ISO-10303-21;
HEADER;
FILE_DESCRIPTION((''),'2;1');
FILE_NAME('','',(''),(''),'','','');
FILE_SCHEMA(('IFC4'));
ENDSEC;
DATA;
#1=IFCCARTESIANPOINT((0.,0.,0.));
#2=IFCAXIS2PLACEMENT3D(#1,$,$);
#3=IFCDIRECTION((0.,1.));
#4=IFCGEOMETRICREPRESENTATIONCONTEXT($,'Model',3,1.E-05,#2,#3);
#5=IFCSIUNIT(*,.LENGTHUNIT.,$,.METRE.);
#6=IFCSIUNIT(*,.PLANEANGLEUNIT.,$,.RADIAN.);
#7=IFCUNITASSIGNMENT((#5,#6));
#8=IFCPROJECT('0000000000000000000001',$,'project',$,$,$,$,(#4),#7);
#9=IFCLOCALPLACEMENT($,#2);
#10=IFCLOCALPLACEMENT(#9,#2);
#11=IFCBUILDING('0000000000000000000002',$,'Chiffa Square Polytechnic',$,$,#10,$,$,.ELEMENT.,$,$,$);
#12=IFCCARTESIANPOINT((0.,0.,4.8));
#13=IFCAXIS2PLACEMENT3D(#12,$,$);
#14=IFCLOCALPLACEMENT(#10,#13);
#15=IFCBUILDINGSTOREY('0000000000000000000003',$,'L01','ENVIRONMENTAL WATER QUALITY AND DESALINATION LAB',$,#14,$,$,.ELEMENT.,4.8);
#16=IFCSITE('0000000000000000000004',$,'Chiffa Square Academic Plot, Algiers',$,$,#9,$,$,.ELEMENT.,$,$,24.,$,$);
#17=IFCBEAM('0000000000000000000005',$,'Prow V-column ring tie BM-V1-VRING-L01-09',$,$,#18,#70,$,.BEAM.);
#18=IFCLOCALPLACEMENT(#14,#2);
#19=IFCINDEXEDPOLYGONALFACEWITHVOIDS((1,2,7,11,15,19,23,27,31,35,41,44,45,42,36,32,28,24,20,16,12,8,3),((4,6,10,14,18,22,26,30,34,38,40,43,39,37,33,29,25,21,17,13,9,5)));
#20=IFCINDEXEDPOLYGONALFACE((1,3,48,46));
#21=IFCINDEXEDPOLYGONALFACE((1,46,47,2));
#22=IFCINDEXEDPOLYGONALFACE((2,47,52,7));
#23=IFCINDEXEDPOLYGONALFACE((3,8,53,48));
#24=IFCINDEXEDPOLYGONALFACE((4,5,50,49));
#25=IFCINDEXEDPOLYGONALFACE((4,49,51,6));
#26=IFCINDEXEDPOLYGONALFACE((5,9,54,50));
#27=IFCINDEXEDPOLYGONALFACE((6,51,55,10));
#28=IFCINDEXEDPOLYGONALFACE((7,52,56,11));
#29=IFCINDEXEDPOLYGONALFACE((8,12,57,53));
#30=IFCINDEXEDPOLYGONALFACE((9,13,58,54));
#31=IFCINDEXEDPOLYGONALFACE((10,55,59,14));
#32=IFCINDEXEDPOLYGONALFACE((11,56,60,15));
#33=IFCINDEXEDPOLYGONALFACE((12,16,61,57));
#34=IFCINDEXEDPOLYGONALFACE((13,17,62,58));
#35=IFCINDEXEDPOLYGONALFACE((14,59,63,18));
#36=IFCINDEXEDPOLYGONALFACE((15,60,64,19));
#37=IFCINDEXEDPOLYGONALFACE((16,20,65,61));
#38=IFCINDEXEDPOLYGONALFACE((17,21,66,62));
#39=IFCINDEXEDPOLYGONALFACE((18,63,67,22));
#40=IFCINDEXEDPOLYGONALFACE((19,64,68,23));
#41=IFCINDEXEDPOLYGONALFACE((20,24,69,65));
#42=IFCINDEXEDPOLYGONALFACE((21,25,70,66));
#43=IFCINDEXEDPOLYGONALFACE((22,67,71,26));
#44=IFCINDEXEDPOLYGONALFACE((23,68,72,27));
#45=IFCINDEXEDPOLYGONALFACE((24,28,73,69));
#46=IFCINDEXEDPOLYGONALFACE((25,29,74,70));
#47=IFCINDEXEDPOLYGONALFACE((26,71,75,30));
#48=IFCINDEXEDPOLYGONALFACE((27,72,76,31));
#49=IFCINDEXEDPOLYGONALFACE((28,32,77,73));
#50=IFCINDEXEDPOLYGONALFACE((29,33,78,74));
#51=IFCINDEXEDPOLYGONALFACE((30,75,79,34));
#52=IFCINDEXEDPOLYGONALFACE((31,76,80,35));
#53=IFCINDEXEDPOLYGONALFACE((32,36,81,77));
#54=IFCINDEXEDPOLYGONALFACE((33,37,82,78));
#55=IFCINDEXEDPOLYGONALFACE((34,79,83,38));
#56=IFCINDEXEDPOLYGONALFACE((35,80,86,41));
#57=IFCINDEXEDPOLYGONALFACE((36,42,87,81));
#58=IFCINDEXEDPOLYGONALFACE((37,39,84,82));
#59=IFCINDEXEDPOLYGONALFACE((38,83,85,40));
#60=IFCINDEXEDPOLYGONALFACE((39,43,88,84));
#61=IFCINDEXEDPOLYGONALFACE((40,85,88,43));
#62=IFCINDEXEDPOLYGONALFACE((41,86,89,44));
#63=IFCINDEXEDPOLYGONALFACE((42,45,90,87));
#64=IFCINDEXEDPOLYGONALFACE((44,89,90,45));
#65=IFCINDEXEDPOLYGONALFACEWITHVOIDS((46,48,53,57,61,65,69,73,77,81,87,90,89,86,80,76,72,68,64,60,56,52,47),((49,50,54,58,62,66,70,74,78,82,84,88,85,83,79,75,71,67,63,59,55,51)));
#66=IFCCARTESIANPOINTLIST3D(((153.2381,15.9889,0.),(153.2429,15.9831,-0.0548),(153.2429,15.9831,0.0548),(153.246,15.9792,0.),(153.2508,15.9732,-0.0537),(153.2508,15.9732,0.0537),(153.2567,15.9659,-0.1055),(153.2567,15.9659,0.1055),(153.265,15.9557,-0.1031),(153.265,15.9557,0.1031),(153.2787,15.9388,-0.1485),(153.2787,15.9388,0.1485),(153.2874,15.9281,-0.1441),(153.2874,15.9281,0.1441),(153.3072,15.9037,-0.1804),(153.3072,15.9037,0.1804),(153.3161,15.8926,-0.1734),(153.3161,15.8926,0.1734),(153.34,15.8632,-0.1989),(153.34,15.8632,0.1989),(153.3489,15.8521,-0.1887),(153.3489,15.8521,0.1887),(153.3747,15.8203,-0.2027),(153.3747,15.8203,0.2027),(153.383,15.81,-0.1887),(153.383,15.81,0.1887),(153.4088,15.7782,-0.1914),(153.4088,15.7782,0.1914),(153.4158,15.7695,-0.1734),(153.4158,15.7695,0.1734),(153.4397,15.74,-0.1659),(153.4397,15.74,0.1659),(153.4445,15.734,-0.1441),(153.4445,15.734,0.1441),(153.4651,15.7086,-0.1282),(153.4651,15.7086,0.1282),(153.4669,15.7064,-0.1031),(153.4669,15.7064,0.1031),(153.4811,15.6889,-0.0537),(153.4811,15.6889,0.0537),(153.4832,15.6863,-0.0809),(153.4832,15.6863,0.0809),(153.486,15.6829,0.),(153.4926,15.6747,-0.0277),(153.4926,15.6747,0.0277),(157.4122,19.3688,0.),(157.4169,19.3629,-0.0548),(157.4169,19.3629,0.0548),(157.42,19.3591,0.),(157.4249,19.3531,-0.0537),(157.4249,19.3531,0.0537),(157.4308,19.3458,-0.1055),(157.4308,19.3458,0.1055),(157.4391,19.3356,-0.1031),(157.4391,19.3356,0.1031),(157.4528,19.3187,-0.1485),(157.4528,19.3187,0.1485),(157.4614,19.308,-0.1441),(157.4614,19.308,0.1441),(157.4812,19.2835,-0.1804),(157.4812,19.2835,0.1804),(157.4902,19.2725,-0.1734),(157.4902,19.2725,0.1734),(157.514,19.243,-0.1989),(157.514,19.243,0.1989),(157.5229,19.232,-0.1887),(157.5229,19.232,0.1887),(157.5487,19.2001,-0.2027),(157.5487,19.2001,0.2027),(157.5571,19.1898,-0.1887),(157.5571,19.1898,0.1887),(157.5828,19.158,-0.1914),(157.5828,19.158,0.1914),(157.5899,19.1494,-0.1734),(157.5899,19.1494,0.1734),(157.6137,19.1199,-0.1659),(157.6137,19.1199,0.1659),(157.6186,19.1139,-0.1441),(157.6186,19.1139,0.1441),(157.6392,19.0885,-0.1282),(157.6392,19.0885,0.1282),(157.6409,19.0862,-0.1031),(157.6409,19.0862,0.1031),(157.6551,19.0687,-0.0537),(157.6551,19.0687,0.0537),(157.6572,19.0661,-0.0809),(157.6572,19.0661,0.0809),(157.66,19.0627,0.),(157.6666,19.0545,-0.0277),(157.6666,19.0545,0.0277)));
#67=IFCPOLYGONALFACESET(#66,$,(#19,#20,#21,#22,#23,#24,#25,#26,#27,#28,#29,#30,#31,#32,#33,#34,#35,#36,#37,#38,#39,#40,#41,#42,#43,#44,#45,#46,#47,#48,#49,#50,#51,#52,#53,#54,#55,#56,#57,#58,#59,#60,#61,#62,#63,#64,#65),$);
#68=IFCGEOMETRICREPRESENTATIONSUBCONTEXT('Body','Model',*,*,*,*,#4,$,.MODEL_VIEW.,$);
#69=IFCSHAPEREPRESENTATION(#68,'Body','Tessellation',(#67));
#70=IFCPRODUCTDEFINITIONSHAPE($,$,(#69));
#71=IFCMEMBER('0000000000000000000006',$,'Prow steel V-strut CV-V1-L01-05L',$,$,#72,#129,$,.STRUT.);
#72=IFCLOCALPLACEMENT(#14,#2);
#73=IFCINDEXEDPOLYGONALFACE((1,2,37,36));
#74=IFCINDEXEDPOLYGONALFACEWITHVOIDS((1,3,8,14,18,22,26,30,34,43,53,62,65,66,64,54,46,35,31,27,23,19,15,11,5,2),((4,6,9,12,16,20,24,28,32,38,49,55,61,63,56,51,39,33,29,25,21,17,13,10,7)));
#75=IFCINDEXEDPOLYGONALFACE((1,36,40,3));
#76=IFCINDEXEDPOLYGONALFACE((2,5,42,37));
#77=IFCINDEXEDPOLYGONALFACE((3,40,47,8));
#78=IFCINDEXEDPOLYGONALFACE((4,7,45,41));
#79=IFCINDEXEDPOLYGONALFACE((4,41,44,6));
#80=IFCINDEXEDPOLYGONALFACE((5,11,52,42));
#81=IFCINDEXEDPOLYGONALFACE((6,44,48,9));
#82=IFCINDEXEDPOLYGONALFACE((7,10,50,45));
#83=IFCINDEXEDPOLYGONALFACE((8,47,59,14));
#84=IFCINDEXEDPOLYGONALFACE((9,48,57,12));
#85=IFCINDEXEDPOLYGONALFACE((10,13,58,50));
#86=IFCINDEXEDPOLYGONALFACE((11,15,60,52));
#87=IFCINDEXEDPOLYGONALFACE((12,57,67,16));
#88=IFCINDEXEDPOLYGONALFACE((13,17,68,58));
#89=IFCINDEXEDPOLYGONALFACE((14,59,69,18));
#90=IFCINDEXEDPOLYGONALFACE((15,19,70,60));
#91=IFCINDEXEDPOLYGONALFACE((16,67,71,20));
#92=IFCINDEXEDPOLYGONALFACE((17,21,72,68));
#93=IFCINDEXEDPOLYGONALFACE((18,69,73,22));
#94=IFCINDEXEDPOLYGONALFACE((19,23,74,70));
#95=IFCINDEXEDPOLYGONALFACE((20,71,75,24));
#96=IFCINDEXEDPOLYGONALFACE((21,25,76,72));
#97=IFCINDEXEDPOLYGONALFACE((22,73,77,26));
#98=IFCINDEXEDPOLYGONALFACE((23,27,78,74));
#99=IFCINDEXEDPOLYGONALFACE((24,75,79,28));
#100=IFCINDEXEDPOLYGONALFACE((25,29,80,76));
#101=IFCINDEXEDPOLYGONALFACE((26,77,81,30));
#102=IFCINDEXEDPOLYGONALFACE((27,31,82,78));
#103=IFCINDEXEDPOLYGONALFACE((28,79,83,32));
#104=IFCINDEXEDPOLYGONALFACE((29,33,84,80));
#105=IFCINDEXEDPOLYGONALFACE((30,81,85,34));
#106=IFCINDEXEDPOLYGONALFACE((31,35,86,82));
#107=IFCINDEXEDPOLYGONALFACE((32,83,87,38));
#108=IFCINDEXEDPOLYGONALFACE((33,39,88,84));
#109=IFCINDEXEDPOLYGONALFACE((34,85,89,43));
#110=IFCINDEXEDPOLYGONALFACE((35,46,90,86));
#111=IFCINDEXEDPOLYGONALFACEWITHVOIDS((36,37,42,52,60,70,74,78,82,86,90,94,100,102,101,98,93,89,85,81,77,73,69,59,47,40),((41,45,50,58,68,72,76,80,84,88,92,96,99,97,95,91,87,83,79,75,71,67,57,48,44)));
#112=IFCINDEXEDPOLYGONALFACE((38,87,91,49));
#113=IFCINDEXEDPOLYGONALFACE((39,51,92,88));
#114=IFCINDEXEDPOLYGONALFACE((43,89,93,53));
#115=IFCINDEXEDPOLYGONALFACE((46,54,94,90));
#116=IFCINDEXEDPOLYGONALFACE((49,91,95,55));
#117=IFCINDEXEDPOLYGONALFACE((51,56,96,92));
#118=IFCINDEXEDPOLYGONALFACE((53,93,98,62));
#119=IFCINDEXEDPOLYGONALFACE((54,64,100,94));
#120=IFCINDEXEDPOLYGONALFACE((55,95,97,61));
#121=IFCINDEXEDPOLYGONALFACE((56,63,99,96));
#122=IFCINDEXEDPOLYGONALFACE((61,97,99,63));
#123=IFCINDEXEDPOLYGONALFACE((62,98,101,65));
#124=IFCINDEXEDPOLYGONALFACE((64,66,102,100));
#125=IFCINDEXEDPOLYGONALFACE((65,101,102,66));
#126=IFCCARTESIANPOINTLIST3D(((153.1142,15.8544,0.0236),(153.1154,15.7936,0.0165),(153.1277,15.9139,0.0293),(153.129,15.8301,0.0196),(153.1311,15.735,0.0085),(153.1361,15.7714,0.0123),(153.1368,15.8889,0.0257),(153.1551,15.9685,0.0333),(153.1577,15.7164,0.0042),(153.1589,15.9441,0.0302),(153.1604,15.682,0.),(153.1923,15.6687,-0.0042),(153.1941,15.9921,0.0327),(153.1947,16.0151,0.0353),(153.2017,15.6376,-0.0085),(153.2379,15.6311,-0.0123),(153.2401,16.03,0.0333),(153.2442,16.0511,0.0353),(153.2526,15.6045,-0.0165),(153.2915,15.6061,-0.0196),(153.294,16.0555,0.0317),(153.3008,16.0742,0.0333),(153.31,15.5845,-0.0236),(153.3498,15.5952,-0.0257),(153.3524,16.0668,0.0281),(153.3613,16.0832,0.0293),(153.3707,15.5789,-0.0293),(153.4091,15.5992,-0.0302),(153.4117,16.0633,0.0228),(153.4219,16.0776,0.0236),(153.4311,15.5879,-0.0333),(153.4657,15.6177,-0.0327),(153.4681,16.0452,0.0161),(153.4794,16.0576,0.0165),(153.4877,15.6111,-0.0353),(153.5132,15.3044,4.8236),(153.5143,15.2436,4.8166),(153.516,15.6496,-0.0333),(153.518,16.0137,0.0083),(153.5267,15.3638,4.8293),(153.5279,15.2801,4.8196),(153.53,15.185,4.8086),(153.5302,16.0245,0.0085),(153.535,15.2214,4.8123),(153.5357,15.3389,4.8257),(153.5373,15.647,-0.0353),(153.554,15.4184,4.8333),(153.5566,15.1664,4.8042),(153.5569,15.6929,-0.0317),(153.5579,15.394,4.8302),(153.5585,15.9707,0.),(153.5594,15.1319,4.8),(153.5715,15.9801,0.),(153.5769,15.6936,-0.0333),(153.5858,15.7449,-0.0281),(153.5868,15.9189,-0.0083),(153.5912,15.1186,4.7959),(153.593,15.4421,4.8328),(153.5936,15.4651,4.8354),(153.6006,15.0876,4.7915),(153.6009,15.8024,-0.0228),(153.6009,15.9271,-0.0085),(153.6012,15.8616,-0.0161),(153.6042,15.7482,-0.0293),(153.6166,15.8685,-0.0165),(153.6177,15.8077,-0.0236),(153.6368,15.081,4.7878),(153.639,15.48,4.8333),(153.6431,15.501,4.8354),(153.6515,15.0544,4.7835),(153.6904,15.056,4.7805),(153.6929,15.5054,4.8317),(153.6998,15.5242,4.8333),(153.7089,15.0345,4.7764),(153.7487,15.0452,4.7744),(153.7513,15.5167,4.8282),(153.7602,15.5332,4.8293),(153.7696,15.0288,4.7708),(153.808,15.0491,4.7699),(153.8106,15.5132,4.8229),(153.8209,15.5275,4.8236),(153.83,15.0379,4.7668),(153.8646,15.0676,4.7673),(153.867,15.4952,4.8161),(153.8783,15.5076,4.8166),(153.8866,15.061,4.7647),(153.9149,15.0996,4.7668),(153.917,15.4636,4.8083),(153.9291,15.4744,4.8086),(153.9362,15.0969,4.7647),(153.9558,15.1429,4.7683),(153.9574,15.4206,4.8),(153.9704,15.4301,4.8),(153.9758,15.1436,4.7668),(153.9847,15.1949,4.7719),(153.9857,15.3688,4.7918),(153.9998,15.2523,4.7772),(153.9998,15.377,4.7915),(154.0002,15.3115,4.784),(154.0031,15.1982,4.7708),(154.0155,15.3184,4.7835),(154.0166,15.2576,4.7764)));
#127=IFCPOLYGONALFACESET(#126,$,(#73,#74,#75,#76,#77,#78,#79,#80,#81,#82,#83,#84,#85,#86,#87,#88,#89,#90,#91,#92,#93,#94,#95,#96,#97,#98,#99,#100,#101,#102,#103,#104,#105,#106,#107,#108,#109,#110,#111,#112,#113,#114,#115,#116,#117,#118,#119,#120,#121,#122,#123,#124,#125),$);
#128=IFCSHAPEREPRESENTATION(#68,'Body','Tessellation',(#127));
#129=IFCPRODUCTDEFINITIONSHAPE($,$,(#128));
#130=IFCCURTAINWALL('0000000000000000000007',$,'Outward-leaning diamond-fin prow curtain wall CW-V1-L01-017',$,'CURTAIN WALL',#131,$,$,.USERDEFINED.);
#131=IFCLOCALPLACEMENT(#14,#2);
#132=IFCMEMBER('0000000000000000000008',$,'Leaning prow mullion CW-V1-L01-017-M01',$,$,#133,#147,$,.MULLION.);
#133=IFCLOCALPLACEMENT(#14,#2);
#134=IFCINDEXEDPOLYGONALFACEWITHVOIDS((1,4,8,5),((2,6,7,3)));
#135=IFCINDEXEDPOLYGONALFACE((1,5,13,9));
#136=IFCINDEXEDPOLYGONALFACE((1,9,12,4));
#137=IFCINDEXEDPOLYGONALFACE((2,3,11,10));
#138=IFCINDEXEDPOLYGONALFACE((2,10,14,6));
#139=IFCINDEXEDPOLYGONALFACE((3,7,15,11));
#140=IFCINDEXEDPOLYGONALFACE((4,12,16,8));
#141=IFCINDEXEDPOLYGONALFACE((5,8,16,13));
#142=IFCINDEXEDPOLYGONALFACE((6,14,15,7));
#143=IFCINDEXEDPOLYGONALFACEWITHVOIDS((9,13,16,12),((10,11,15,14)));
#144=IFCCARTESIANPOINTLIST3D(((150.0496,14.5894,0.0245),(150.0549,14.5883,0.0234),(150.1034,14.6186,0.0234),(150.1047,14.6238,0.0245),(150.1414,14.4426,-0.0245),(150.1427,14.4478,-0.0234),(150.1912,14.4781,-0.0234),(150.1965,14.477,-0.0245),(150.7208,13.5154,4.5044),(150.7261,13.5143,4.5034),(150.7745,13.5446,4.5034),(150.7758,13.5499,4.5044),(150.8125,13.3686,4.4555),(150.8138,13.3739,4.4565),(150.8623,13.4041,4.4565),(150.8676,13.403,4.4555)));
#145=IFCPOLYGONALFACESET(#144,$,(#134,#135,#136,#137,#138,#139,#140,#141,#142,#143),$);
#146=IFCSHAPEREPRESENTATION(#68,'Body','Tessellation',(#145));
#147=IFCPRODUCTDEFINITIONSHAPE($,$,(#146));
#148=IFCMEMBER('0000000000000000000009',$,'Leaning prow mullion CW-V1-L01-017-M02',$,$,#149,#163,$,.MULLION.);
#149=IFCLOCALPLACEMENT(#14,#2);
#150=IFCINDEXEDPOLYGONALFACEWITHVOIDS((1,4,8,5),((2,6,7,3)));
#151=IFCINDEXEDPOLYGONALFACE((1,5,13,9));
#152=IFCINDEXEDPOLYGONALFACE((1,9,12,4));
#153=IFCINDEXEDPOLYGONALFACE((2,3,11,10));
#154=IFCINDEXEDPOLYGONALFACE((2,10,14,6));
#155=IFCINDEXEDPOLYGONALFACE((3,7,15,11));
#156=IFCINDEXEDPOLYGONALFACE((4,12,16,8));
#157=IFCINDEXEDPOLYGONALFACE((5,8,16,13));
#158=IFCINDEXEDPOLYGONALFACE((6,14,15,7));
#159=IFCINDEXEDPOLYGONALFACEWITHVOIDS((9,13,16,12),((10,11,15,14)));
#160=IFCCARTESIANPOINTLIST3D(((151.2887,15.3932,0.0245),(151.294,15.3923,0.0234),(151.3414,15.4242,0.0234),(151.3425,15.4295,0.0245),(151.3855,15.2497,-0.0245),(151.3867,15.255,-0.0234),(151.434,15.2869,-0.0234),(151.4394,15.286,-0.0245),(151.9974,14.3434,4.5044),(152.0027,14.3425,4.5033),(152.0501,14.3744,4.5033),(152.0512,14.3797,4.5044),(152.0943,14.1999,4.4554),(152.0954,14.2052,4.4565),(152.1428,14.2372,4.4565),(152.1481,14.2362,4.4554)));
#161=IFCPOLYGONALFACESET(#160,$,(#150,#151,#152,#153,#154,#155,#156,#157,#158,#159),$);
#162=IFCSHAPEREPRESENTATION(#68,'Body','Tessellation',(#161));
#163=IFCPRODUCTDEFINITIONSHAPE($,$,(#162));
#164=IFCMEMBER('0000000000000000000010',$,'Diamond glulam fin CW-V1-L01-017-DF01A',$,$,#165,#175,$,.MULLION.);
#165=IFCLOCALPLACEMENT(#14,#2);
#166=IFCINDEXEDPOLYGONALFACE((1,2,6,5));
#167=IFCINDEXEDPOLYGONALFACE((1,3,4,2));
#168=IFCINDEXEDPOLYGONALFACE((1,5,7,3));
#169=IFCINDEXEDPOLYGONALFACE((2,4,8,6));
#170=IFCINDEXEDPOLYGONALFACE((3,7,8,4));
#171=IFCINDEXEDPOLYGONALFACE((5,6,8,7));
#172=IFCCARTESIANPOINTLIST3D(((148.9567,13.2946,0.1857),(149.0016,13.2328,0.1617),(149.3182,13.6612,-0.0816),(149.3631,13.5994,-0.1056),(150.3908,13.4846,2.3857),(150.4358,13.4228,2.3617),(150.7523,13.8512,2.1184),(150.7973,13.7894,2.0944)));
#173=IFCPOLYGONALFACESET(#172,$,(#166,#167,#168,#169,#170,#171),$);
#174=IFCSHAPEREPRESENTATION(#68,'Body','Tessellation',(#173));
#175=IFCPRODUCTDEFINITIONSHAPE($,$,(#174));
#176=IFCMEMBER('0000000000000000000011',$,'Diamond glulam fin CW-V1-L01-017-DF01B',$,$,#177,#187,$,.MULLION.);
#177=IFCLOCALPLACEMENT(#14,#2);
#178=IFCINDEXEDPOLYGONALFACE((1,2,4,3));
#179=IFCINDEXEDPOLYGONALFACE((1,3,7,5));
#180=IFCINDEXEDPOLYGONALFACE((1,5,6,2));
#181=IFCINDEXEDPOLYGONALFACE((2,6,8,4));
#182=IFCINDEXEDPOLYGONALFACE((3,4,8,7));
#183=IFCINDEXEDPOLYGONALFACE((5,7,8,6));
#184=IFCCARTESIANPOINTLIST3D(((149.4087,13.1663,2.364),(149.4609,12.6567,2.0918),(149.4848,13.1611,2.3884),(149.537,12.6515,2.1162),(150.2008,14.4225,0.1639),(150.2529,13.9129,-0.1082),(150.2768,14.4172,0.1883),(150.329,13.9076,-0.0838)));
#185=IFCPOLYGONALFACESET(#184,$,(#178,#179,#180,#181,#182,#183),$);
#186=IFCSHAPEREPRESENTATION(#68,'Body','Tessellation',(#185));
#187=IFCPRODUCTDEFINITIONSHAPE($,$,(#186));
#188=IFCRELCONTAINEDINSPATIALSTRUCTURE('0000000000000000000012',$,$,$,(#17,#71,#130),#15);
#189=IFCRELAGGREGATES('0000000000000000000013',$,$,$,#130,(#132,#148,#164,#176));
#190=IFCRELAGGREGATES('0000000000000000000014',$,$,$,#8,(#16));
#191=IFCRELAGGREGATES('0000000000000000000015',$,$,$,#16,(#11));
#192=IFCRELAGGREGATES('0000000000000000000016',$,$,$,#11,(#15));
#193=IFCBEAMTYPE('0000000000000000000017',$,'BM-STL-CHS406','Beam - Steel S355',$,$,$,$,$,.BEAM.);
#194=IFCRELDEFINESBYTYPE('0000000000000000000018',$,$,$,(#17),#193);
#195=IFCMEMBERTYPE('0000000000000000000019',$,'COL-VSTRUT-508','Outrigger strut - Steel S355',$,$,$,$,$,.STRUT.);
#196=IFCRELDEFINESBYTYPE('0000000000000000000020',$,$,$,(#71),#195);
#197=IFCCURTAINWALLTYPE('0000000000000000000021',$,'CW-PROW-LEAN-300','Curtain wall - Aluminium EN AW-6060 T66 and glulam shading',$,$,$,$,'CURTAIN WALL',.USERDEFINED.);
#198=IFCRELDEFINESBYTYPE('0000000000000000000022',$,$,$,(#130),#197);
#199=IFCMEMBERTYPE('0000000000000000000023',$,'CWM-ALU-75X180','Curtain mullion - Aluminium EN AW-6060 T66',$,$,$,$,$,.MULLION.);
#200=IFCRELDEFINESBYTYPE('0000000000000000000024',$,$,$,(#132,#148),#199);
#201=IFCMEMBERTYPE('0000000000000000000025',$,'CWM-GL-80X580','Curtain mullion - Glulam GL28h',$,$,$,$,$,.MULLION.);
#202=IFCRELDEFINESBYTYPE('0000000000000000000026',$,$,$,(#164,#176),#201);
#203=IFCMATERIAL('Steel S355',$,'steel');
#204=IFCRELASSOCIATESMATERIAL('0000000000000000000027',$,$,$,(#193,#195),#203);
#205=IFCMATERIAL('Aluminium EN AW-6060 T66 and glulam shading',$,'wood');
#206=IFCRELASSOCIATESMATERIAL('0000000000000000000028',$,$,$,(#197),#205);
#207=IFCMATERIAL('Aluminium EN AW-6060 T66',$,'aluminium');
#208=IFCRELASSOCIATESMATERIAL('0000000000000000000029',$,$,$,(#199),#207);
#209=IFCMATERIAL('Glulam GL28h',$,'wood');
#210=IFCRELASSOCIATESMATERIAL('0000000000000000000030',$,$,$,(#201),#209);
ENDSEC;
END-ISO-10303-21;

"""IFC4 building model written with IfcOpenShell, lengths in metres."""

from ifc_helpers import new_model, si_unit, direction, frame, origin, origin_2d, place, context, subcontext, project, spatial, rectangle, hollow_rectangle, hollow_circle, extrude, material, material_profile, profile_set, type_object, element, aggregate, save


model = new_model("IFC4")

# Units and contexts
model_context = context("Model", 3, precision=1e-05, world=origin(), true_north=direction((0.0, 1.0)))
body_context = subcontext(model_context, "Body", "Model", "MODEL_VIEW")
ifc_project = project(units=[si_unit("LENGTHUNIT", "METRE"), si_unit("PLANEANGLEUNIT", "RADIAN")], contexts=[model_context])

# Site, building, storey
site_placement = place(None, origin())
site = spatial("IfcSite", under=ifc_project, at=site_placement, Name="Chiffa Square Academic Plot, Algiers", CompositionType="ELEMENT", RefElevation=24.0)
building_placement = place(site_placement, origin())
building = spatial("IfcBuilding", under=site, at=building_placement, Name="Chiffa Square Polytechnic", CompositionType="ELEMENT")
storey_placement = place(building_placement, frame((0.0, 0.0, 4.8)))
storey = spatial("IfcBuildingStorey", under=building, at=storey_placement, Name="L01", Description="ENVIRONMENTAL WATER QUALITY AND DESALINATION LAB", CompositionType="ELEMENT", Elevation=4.8)

# Beam
ifc_material_1 = material(Name="Steel S355", Category="steel")
ifc_material_profile_1 = material_profile(ifc_material_1, hollow_circle(Radius=0.2031, WallThickness=0.0125, at=origin_2d()), Name="CHS 406.4x12.5")
ifc_profile_set_1 = profile_set([ifc_material_profile_1], Name="Steel S355")
beam_type = type_object("IfcBeamType", Name="BM-STL-CHS406", Description="Beam - Steel S355", PredefinedType="BEAM", material=ifc_profile_set_1)
beam_placement = place(storey_placement, frame((153.366, 15.8311, 0.0), z_axis=(0.777165, 0.629296, 0.0), x_axis=(-0.629296, 0.777165, 0.0)))
element("IfcBeam", 1, at=beam_placement, inside=storey, type_object=beam_type, Name="Prow V-column ring tie BM-V1-VRING-L01-09", PredefinedType="BEAM", context=body_context, shape_type="SweptSolid", body=[
    extrude(hollow_circle(Radius=0.2031, WallThickness=0.0125, at=origin_2d()), origin(), (0.0, 0.0, 1.0), 5.3708),
])

# Member
ifc_material_profile_2 = material_profile(ifc_material_1, hollow_circle(Radius=0.2539, WallThickness=0.0161, at=origin_2d()), Name="CHS 508x16")
ifc_profile_set_2 = profile_set([ifc_material_profile_2], Name="Steel S355")
member_type_1 = type_object("IfcMemberType", Name="COL-VSTRUT-508", Description="Outrigger strut - Steel S355", PredefinedType="STRUT", material=ifc_profile_set_2)
member_1_placement = place(storey_placement, frame((153.366, 15.8311, 0.0), z_axis=(0.082288, -0.113461, 0.990129), x_axis=(0.809512, 0.587103, 0.0)))
element("IfcMember", 2, at=member_1_placement, inside=storey, type_object=member_type_1, Name="Prow steel V-strut CV-V1-L01-05L", PredefinedType="STRUT", context=body_context, shape_type="SweptSolid", body=[
    extrude(hollow_circle(Radius=0.2539, WallThickness=0.0161, at=origin_2d()), origin(), (0.0, 0.0, 1.0), 4.8479),
])

# Curtain wall, members
ifc_material_2 = material(Name="Aluminium EN AW-6060 T66 and glulam shading", Category="wood")
curtain_wall_type_1 = type_object("IfcCurtainWallType", Name="CW-PROW-LEAN-300", Description="Curtain wall - Aluminium EN AW-6060 T66 and glulam shading", ElementType="CURTAIN WALL", PredefinedType="USERDEFINED", material=ifc_material_2)
curtain_wall_1_placement = place(storey_placement, origin())
curtain_wall_1 = element("IfcCurtainWall", 3, at=curtain_wall_1_placement, inside=storey, type_object=curtain_wall_type_1, Name="Outward-leaning diamond-fin prow curtain wall CW-V1-L01-017", ObjectType="CURTAIN WALL", PredefinedType="USERDEFINED")
ifc_material_3 = material(Name="Aluminium EN AW-6060 T66", Category="aluminium")
ifc_material_profile_3 = material_profile(ifc_material_3, hollow_rectangle(XDim=0.0649, YDim=0.1799, WallThickness=0.0039, at=origin_2d()), Name="ALU 65x180x4")
ifc_profile_set_3 = profile_set([ifc_material_profile_3], Name="Aluminium EN AW-6060 T66")
member_type_2 = type_object("IfcMemberType", Name="CWM-ALU-75X180", Description="Curtain mullion - Aluminium EN AW-6060 T66", PredefinedType="MULLION", material=ifc_profile_set_3)
member_2_placement = place(storey_placement, frame((150.123, 14.5332, 0.0), z_axis=(0.14416, -0.230687, 0.96229), x_axis=(0.848031, 0.529947, 0.0)))
member_2 = element("IfcMember", 4, at=member_2_placement, type_object=member_type_2, Name="Leaning prow mullion CW-V1-L01-017-M01", PredefinedType="MULLION", context=body_context, shape_type="SweptSolid", body=[
    extrude(hollow_rectangle(XDim=0.0649, YDim=0.1799, WallThickness=0.0039, at=origin_2d()), origin(), (0.0, 0.0, 1.0), 4.6555),
])
member_3_placement = place(storey_placement, frame((151.364, 15.3396, 0.0), z_axis=(0.152234, -0.225493, 0.962277), x_axis=(0.828804, 0.559539, 0.0)))
member_3 = element("IfcMember", 5, at=member_3_placement, type_object=member_type_2, Name="Leaning prow mullion CW-V1-L01-017-M02", PredefinedType="MULLION", context=body_context, shape_type="SweptSolid", body=[
    extrude(hollow_rectangle(XDim=0.0649, YDim=0.1799, WallThickness=0.0039, at=origin_2d()), origin(), (0.0, 0.0, 1.0), 4.6555),
])
ifc_material_4 = material(Name="Glulam GL28h", Category="wood")
ifc_material_profile_4 = material_profile(ifc_material_4, rectangle(XDim=0.0801, YDim=0.5801, at=origin_2d()), Name="GL28h 80x580")
ifc_profile_set_4 = profile_set([ifc_material_profile_4], Name="Glulam GL28h")
member_type_3 = type_object("IfcMemberType", Name="CWM-GL-80X580", Description="Curtain mullion - Glulam GL28h", PredefinedType="MULLION", material=ifc_profile_set_4)
member_4_placement = place(storey_placement, frame((149.1599, 13.447, 0.04), z_axis=(0.544666, 0.07214, 0.835544), x_axis=(-0.561249, 0.771658, 0.299237)))
member_4 = element("IfcMember", 6, at=member_4_placement, type_object=member_type_3, Name="Diamond glulam fin CW-V1-L01-017-DF01A", PredefinedType="MULLION", context=body_context, shape_type="SweptSolid", body=[
    extrude(rectangle(XDim=0.0801, YDim=0.5801, at=origin_2d()), origin(), (0.0, 0.0, 1.0), 2.6331),
])
member_5_placement = place(storey_placement, frame((150.2649, 14.165, 0.04), z_axis=(-0.298391, -0.473249, 0.828853), x_axis=(0.950195, -0.065446, 0.304707)))
member_5 = element("IfcMember", 7, at=member_5_placement, type_object=member_type_3, Name="Diamond glulam fin CW-V1-L01-017-DF01B", PredefinedType="MULLION", context=body_context, shape_type="SweptSolid", body=[
    extrude(rectangle(XDim=0.0801, YDim=0.5801, at=origin_2d()), origin(), (0.0, 0.0, 1.0), 2.6543),
])

aggregate(curtain_wall_1, [member_2, member_3, member_4, member_5])

save(model, "model.ifc")
